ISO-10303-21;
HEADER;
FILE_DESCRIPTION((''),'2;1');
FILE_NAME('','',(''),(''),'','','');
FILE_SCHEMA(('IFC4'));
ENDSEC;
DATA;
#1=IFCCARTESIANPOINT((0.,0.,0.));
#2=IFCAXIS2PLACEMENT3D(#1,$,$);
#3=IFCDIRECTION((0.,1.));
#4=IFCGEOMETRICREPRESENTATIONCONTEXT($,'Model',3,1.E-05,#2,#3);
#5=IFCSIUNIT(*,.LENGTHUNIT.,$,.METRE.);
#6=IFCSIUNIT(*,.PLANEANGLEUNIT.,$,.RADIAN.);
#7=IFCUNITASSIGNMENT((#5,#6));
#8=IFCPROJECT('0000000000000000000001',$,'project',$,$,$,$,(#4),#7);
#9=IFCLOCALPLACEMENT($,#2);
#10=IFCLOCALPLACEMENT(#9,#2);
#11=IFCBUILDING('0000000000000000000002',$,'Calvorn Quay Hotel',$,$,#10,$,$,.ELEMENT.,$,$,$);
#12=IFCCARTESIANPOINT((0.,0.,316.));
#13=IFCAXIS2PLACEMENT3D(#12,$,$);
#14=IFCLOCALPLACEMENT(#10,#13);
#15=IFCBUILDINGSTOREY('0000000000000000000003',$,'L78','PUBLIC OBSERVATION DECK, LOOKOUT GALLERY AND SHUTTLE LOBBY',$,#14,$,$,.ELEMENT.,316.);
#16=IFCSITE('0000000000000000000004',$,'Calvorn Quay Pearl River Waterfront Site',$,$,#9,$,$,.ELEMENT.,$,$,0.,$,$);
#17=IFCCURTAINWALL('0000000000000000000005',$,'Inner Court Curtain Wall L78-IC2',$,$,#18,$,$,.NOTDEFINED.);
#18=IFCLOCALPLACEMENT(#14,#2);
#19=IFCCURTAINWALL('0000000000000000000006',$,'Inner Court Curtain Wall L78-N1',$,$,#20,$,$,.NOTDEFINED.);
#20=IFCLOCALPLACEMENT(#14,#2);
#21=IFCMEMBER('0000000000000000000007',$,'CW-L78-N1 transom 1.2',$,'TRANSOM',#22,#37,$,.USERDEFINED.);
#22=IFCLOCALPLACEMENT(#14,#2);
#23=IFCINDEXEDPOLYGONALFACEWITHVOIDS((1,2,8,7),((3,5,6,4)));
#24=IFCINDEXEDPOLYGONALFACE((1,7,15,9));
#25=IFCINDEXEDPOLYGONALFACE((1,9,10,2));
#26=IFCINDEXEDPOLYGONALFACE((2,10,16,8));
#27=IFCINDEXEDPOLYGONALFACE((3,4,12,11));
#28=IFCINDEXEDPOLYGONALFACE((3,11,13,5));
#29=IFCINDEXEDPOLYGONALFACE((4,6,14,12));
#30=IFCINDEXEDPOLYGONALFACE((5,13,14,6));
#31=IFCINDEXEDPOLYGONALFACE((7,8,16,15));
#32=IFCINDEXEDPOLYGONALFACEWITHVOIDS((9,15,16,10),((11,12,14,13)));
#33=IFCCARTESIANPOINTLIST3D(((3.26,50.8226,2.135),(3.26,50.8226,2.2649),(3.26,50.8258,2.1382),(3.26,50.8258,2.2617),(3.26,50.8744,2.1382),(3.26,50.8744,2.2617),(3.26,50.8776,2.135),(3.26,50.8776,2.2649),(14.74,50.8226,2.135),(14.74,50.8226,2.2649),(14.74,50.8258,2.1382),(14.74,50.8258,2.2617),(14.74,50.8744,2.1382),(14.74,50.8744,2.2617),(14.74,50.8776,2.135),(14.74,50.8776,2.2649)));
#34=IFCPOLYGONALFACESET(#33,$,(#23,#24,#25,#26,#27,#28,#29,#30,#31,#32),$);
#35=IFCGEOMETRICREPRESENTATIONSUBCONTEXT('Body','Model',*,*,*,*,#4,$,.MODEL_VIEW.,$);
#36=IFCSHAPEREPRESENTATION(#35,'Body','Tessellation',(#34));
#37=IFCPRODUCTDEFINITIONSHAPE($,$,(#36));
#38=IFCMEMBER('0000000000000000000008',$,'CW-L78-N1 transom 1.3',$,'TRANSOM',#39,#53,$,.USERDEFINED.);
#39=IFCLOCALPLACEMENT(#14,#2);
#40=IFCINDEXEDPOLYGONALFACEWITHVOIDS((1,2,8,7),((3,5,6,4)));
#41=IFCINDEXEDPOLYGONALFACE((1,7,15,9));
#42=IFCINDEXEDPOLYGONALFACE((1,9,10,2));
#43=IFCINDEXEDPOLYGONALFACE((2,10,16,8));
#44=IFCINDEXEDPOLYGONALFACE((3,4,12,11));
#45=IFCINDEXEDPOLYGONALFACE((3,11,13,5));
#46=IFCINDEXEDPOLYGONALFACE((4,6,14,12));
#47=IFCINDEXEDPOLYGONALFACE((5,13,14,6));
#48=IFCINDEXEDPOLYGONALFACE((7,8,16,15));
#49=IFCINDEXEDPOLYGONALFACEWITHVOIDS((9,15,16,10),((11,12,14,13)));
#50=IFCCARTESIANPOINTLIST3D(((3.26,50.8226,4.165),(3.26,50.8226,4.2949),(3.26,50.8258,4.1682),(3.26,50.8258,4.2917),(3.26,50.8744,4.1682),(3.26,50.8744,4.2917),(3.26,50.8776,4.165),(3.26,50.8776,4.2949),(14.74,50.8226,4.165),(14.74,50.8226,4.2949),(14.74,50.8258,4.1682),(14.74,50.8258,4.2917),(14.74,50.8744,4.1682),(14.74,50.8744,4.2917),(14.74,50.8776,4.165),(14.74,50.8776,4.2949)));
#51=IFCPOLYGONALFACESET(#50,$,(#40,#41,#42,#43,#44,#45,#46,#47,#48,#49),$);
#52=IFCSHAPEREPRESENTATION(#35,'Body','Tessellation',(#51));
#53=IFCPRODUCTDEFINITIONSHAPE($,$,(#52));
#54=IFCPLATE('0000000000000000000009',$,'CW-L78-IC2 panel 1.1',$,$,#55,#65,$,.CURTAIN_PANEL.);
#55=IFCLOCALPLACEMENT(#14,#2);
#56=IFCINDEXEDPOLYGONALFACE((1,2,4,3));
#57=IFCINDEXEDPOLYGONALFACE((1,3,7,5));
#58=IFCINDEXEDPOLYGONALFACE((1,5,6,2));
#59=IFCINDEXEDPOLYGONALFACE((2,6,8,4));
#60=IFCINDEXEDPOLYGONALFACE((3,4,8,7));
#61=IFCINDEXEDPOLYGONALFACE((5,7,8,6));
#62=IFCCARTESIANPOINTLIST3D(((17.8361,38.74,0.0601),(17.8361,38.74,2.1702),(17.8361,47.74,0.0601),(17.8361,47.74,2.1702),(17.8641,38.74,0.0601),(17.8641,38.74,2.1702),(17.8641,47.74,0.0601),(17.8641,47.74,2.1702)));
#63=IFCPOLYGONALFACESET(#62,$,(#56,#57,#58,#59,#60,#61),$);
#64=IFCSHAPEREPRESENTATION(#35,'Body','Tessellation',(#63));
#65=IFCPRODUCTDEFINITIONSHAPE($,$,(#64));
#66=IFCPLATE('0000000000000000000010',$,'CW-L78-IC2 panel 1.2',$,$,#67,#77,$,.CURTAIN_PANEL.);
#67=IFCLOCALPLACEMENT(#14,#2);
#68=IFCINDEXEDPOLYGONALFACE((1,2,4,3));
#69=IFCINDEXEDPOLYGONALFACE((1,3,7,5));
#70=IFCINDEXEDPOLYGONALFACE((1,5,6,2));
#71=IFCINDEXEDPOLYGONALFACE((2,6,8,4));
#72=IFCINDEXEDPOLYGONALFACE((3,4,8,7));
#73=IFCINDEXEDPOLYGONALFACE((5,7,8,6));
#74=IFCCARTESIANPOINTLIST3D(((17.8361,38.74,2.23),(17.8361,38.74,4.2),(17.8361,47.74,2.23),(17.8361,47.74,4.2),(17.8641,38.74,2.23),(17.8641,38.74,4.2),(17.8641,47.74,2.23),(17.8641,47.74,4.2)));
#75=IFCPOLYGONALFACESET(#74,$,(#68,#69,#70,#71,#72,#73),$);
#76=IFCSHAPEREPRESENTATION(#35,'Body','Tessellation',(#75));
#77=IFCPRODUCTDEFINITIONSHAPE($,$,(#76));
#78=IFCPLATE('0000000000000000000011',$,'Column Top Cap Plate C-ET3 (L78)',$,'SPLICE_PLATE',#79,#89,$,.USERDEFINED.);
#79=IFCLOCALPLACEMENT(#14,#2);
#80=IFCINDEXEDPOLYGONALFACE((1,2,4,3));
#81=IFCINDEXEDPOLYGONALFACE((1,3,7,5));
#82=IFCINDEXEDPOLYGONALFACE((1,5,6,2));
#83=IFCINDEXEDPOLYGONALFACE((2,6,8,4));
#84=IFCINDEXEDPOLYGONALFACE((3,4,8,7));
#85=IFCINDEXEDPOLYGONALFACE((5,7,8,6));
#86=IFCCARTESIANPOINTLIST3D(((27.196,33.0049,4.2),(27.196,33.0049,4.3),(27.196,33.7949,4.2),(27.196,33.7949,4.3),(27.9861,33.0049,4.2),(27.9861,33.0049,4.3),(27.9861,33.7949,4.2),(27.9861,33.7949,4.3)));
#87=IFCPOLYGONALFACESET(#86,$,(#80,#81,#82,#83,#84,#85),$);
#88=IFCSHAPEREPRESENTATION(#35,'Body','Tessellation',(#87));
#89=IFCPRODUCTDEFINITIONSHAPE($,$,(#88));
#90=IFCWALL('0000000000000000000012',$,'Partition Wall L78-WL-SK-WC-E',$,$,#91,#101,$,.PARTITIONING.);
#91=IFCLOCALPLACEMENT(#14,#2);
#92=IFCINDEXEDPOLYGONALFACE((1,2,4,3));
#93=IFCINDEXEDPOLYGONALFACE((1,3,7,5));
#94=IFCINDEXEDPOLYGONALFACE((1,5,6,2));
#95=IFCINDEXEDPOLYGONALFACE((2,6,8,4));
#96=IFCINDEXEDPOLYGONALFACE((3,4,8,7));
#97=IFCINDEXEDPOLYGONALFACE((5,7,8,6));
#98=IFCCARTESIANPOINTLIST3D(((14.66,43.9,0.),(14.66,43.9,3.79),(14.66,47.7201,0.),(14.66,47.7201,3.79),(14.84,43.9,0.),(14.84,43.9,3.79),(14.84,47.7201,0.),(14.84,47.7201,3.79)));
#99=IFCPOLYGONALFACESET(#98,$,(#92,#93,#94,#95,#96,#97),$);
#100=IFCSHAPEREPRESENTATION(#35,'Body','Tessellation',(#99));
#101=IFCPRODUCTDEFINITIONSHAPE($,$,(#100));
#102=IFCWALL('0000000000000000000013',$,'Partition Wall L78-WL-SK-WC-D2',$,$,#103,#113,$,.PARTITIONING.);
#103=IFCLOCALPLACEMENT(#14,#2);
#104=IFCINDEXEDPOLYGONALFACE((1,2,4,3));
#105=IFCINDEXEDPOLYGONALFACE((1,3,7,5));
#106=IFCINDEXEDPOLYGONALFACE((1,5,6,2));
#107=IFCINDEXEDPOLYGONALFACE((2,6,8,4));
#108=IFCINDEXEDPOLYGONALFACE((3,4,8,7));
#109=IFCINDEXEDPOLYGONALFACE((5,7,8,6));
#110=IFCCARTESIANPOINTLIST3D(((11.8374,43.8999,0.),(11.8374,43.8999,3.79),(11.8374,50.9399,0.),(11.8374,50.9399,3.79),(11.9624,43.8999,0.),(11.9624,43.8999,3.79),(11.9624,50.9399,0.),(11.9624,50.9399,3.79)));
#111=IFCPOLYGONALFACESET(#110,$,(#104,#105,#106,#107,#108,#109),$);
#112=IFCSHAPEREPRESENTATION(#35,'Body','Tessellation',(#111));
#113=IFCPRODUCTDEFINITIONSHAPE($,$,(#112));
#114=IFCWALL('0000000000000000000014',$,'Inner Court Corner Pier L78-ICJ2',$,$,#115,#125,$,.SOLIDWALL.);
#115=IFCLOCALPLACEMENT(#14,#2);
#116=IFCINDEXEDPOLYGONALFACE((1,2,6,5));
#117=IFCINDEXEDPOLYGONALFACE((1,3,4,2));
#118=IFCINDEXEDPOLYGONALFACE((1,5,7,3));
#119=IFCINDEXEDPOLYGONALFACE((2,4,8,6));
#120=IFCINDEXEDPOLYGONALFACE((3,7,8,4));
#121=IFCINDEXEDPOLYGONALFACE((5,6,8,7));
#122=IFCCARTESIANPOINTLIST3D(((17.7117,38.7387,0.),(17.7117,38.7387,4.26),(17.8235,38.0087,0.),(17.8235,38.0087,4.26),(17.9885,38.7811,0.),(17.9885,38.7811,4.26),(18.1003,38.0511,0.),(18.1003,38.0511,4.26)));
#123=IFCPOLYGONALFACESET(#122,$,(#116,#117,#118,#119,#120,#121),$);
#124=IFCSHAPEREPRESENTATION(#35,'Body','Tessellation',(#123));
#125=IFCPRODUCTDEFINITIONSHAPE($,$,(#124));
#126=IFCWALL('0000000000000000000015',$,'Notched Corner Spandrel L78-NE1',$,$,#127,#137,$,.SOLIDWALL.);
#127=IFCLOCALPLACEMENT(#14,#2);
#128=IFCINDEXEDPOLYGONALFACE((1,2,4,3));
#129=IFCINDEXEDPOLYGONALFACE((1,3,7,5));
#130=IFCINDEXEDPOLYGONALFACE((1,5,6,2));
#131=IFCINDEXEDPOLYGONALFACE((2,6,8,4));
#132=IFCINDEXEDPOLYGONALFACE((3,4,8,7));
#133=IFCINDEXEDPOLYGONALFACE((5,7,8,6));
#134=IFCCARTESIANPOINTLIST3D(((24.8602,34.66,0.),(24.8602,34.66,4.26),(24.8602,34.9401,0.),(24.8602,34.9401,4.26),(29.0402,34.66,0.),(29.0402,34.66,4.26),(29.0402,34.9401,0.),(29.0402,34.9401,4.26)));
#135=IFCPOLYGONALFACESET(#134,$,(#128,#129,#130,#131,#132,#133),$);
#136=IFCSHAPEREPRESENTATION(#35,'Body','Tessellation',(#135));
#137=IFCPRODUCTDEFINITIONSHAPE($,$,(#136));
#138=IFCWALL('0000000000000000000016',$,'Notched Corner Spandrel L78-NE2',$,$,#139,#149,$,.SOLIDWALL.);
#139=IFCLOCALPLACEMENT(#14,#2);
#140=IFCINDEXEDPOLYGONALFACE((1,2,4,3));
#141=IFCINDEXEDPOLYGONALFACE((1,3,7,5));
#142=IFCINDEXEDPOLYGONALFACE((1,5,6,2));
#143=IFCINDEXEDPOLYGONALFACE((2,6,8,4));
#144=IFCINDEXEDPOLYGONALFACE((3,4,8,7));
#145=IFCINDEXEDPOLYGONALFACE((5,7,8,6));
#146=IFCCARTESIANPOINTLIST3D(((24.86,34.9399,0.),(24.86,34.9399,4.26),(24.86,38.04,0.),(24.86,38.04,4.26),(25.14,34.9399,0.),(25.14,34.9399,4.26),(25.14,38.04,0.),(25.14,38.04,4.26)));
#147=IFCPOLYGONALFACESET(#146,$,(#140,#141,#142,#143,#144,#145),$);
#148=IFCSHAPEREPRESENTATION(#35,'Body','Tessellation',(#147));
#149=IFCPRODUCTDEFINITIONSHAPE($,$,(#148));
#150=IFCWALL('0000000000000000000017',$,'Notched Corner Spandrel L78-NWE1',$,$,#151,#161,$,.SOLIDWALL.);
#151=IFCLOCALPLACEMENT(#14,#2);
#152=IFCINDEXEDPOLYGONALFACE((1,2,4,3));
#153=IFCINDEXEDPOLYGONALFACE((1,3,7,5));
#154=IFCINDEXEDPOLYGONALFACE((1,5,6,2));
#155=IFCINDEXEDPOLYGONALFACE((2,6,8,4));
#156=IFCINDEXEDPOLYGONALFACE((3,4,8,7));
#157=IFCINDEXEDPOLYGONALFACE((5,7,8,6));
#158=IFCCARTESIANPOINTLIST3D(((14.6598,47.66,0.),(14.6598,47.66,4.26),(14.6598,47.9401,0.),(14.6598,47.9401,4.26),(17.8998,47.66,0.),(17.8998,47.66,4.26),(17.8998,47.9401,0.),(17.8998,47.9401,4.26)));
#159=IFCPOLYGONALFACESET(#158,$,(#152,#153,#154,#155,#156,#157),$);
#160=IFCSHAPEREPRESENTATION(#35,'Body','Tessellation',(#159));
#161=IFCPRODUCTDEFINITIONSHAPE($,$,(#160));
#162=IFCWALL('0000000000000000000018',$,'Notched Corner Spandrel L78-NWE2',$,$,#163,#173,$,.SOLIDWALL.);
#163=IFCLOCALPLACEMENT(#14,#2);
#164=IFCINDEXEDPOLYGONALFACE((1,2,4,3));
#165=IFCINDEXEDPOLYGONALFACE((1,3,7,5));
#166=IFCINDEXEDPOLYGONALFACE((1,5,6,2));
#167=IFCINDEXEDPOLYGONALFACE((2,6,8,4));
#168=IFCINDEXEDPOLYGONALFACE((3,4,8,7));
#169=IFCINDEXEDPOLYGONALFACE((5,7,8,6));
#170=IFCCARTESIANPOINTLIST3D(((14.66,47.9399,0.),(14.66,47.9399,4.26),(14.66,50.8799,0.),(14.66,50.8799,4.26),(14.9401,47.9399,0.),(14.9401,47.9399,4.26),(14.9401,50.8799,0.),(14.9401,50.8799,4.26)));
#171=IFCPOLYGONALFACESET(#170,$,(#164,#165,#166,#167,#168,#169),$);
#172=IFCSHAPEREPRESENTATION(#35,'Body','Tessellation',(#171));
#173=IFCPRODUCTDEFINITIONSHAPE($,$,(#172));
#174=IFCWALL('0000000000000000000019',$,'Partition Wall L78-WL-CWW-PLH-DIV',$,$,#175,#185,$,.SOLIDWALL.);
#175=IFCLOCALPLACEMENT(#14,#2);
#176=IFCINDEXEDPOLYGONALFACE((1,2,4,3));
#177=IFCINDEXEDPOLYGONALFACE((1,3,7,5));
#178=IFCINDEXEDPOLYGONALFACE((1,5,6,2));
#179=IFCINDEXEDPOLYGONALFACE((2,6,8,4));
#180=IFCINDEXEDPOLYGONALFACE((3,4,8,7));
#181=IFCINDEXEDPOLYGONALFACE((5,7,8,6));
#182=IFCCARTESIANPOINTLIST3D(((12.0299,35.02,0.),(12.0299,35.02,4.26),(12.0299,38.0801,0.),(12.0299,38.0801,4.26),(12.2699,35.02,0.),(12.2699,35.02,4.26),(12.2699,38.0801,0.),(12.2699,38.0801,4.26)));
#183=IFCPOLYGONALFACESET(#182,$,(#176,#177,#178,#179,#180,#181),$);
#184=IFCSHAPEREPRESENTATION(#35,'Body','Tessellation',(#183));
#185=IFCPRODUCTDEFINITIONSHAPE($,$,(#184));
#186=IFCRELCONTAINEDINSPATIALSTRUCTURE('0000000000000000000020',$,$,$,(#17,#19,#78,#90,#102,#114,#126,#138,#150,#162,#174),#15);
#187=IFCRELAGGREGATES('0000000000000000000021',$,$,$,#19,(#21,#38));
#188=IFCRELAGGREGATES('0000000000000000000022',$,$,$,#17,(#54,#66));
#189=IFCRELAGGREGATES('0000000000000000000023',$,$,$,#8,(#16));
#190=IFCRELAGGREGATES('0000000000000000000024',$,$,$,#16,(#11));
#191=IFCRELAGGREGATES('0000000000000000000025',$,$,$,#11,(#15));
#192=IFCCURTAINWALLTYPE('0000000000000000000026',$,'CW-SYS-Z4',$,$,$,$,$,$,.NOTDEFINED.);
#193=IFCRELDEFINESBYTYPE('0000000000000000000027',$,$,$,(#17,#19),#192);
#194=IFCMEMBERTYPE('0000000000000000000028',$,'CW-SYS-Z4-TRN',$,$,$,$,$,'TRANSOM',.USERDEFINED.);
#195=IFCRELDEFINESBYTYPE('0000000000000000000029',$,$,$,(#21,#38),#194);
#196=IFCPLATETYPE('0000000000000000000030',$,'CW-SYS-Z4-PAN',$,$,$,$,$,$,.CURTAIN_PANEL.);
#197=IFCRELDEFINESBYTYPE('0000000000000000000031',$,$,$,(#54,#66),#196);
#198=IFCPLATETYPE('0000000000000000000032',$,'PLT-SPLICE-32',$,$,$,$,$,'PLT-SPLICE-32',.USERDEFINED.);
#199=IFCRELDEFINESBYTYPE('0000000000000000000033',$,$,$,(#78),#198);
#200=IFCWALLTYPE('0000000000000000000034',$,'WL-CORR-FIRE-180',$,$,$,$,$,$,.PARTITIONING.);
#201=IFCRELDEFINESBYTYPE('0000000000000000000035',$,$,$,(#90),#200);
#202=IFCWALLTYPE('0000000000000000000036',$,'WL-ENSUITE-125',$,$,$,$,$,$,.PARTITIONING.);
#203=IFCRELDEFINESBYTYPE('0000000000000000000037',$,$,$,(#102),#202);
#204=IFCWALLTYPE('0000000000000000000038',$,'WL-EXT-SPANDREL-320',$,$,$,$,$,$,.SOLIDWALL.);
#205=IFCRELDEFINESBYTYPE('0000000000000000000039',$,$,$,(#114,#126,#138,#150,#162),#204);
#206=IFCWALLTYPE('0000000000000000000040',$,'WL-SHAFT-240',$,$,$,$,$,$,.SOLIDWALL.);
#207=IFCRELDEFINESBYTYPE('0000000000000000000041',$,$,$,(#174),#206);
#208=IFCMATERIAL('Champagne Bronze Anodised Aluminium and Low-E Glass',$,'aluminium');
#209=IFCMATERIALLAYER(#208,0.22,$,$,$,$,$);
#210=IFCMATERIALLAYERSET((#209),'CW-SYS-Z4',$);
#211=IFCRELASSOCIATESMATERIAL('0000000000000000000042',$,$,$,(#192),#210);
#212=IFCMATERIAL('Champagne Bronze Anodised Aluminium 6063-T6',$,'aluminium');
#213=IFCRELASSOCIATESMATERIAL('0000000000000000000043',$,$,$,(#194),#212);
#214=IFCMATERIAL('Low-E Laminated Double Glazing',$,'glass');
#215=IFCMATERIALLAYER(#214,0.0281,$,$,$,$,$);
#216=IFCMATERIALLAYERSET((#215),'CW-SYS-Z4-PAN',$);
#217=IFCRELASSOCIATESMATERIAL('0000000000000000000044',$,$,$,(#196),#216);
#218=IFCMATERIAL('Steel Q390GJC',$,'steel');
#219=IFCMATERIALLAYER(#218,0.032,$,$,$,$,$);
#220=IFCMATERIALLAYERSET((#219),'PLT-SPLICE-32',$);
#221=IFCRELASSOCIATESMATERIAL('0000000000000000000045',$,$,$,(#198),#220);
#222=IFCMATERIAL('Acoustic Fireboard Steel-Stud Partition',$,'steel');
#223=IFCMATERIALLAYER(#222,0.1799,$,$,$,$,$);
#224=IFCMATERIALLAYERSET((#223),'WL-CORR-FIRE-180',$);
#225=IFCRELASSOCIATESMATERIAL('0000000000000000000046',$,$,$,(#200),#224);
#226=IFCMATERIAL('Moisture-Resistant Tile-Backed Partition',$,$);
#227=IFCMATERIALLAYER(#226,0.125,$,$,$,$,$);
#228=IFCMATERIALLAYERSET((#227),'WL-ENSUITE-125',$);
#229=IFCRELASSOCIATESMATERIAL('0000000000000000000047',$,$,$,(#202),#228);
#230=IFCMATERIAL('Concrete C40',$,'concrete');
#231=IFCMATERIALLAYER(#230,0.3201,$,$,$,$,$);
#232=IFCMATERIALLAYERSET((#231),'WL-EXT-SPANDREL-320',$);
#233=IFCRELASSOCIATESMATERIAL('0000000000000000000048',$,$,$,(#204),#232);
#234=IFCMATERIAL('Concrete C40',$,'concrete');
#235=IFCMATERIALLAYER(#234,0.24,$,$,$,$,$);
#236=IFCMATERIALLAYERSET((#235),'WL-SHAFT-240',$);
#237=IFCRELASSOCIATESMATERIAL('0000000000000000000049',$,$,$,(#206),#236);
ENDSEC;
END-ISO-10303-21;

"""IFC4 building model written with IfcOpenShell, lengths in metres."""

from ifc_helpers import new_model, si_unit, direction, frame, frame_2d, origin, origin_2d, place, context, subcontext, project, spatial, rectangle, hollow_rectangle, extrude, material, layer, layer_set, material_profile, profile_set, type_object, element, aggregate, save


model = new_model("IFC4")

# Units and contexts
model_context = context("Model", 3, precision=1e-05, world=origin(), true_north=direction((0.0, 1.0)))
body_context = subcontext(model_context, "Body", "Model", "MODEL_VIEW")
ifc_project = project(units=[si_unit("LENGTHUNIT", "METRE"), si_unit("PLANEANGLEUNIT", "RADIAN")], contexts=[model_context])

# Site, building, storey
site_placement = place(None, origin())
site = spatial("IfcSite", under=ifc_project, at=site_placement, Name="Calvorn Quay Pearl River Waterfront Site", CompositionType="ELEMENT", RefElevation=0.0)
building_placement = place(site_placement, origin())
building = spatial("IfcBuilding", under=site, at=building_placement, Name="Calvorn Quay Hotel", CompositionType="ELEMENT")
storey_placement = place(building_placement, frame((0.0, 0.0, 316.0)))
storey = spatial("IfcBuildingStorey", under=building, at=storey_placement, Name="L78", Description="PUBLIC OBSERVATION DECK, LOOKOUT GALLERY AND SHUTTLE LOBBY", CompositionType="ELEMENT", Elevation=316.0)

# Shared definitions
ifc_material_1 = material(Name="Champagne Bronze Anodised Aluminium and Low-E Glass", Category="aluminium")
ifc_layer_1 = layer(ifc_material_1, 0.22)
ifc_layer_set_1 = layer_set([ifc_layer_1], Name="CW-SYS-Z4")
curtain_wall_type = type_object("IfcCurtainWallType", Name="CW-SYS-Z4", PredefinedType="NOTDEFINED", material=ifc_layer_set_1)

# Curtain wall
curtain_wall_1_placement = place(storey_placement, origin())
curtain_wall_1 = element("IfcCurtainWall", 1, at=curtain_wall_1_placement, inside=storey, type_object=curtain_wall_type, Name="Inner Court Curtain Wall L78-IC2", PredefinedType="NOTDEFINED")

# Curtain wall
curtain_wall_2_placement = place(storey_placement, origin())
curtain_wall_2 = element("IfcCurtainWall", 2, at=curtain_wall_2_placement, inside=storey, type_object=curtain_wall_type, Name="Inner Court Curtain Wall L78-N1", PredefinedType="NOTDEFINED")

# Members
ifc_material_2 = material(Name="Champagne Bronze Anodised Aluminium 6063-T6", Category="aluminium")
ifc_material_profile_1 = material_profile(ifc_material_2, hollow_rectangle(XDim=0.0549, YDim=0.1299, WallThickness=0.0032, at=origin_2d()), Name="ALU-T130x55x3.2")
ifc_profile_set_1 = profile_set([ifc_material_profile_1], Name="Champagne Bronze Anodised Aluminium 6063-T6")
member_type_1 = type_object("IfcMemberType", Name="CW-SYS-Z4-TRN", ElementType="TRANSOM", PredefinedType="USERDEFINED", material=ifc_profile_set_1)
member_1_placement = place(storey_placement, frame((14.74, 50.8501, 2.2), z_axis=(-1.0, 0.0, 0.0), x_axis=(0.0, -1.0, 0.0)))
member_1 = element("IfcMember", 3, at=member_1_placement, type_object=member_type_1, Name="CW-L78-N1 transom 1.2", ObjectType="TRANSOM", PredefinedType="USERDEFINED", context=body_context, shape_type="SweptSolid", body=[
    extrude(hollow_rectangle(XDim=0.0549, YDim=0.1299, WallThickness=0.0032, at=origin_2d()), origin(), (0.0, 0.0, 1.0), 11.48),
])
member_2_placement = place(storey_placement, frame((14.74, 50.8501, 4.23), z_axis=(-1.0, 0.0, 0.0), x_axis=(0.0, -1.0, 0.0)))
member_2 = element("IfcMember", 4, at=member_2_placement, type_object=member_type_1, Name="CW-L78-N1 transom 1.3", ObjectType="TRANSOM", PredefinedType="USERDEFINED", context=body_context, shape_type="SweptSolid", body=[
    extrude(hollow_rectangle(XDim=0.0549, YDim=0.1299, WallThickness=0.0032, at=origin_2d()), origin(), (0.0, 0.0, 1.0), 11.48),
])
aggregate(curtain_wall_2, [member_1, member_2])

# Plates
ifc_material_3 = material(Name="Low-E Laminated Double Glazing", Category="glass")
ifc_layer_2 = layer(ifc_material_3, 0.0281)
ifc_layer_set_2 = layer_set([ifc_layer_2], Name="CW-SYS-Z4-PAN")
plate_type_1 = type_object("IfcPlateType", Name="CW-SYS-Z4-PAN", PredefinedType="CURTAIN_PANEL", material=ifc_layer_set_2)
plate_1_placement = place(storey_placement, frame((17.8501, 43.24, 0.0601), z_axis=(0.0, 0.0, 1.0), x_axis=(0.0, 1.0, 0.0)))
plate_1 = element("IfcPlate", 5, at=plate_1_placement, type_object=plate_type_1, Name="CW-L78-IC2 panel 1.1", PredefinedType="CURTAIN_PANEL", context=body_context, shape_type="SweptSolid", body=[
    extrude(rectangle(XDim=9.0, YDim=0.0281, at=origin_2d()), origin(), (0.0, 0.0, 1.0), 2.1101),
])
plate_2_placement = place(storey_placement, frame((17.8501, 43.24, 2.23), z_axis=(0.0, 0.0, 1.0), x_axis=(0.0, 1.0, 0.0)))
plate_2 = element("IfcPlate", 6, at=plate_2_placement, type_object=plate_type_1, Name="CW-L78-IC2 panel 1.2", PredefinedType="CURTAIN_PANEL", context=body_context, shape_type="SweptSolid", body=[
    extrude(rectangle(XDim=9.0, YDim=0.0281, at=origin_2d()), origin(), (0.0, 0.0, 1.0), 1.97),
])
aggregate(curtain_wall_1, [plate_1, plate_2])
ifc_material_4 = material(Name="Steel Q390GJC", Category="steel")
ifc_layer_3 = layer(ifc_material_4, 0.032)
ifc_layer_set_3 = layer_set([ifc_layer_3], Name="PLT-SPLICE-32")
plate_type_2 = type_object("IfcPlateType", Name="PLT-SPLICE-32", ElementType="PLT-SPLICE-32", PredefinedType="USERDEFINED", material=ifc_layer_set_3)
plate_3_placement = place(storey_placement, frame((27.5911, 33.3999, 4.2), z_axis=(0.0, 0.0, 1.0), x_axis=(1.0, 0.0, 0.0)))
element("IfcPlate", 7, at=plate_3_placement, inside=storey, type_object=plate_type_2, Name="Column Top Cap Plate C-ET3 (L78)", ObjectType="SPLICE_PLATE", PredefinedType="USERDEFINED", context=body_context, shape_type="SweptSolid", body=[
    extrude(rectangle(XDim=0.79, YDim=0.79, at=origin_2d()), origin(), (0.0, 0.0, 1.0), 0.1001),
])

# Walls
ifc_material_5 = material(Name="Acoustic Fireboard Steel-Stud Partition", Category="steel")
ifc_layer_4 = layer(ifc_material_5, 0.1799)
ifc_layer_set_4 = layer_set([ifc_layer_4], Name="WL-CORR-FIRE-180")
wall_type_1 = type_object("IfcWallType", Name="WL-CORR-FIRE-180", PredefinedType="PARTITIONING", material=ifc_layer_set_4)
wall_1_placement = place(storey_placement, frame((14.75, 43.8999, 0.0), z_axis=(0.0, 0.0, 1.0), x_axis=(0.0, 1.0, 0.0)))
element("IfcWall", 8, at=wall_1_placement, inside=storey, type_object=wall_type_1, Name="Partition Wall L78-WL-SK-WC-E", PredefinedType="PARTITIONING", context=body_context, shape_type="SweptSolid", body=[
    extrude(rectangle(XDim=3.8201, YDim=0.1799, at=frame_2d((1.9102, 0.0))), origin(), (0.0, 0.0, 1.0), 3.79),
])
ifc_material_6 = material(Name="Moisture-Resistant Tile-Backed Partition")
ifc_layer_5 = layer(ifc_material_6, 0.125)
ifc_layer_set_5 = layer_set([ifc_layer_5], Name="WL-ENSUITE-125")
wall_type_2 = type_object("IfcWallType", Name="WL-ENSUITE-125", PredefinedType="PARTITIONING", material=ifc_layer_set_5)
wall_2_placement = place(storey_placement, frame((11.8999, 43.8999, 0.0), z_axis=(0.0, 0.0, 1.0), x_axis=(0.0, 1.0, 0.0)))
element("IfcWall", 9, at=wall_2_placement, inside=storey, type_object=wall_type_2, Name="Partition Wall L78-WL-SK-WC-D2", PredefinedType="PARTITIONING", context=body_context, shape_type="SweptSolid", body=[
    extrude(rectangle(XDim=7.04, YDim=0.125, at=frame_2d((3.52, 0.0))), origin(), (0.0, 0.0, 1.0), 3.79),
])
ifc_material_7 = material(Name="Concrete C40", Category="concrete")
ifc_layer_6 = layer(ifc_material_7, 0.3201)
ifc_layer_set_6 = layer_set([ifc_layer_6], Name="WL-EXT-SPANDREL-320")
wall_type_3 = type_object("IfcWallType", Name="WL-EXT-SPANDREL-320", PredefinedType="SOLIDWALL", material=ifc_layer_set_6)
wall_3_placement = place(storey_placement, frame((17.9619, 38.03, 0.0), z_axis=(0.0, 0.0, 1.0), x_axis=(-0.151411, 0.988471, 0.0)))
element("IfcWall", 10, at=wall_3_placement, inside=storey, type_object=wall_type_3, Name="Inner Court Corner Pier L78-ICJ2", PredefinedType="SOLIDWALL", context=body_context, shape_type="SweptSolid", body=[
    extrude(rectangle(XDim=0.7385, YDim=0.28, at=frame_2d((0.3691, 0.0))), origin(), (0.0, 0.0, 1.0), 4.26),
])
wall_4_placement = place(storey_placement, frame((29.04, 34.8, 0.0), z_axis=(0.0, 0.0, 1.0), x_axis=(-1.0, 0.0, 0.0)))
element("IfcWall", 11, at=wall_4_placement, inside=storey, type_object=wall_type_3, Name="Notched Corner Spandrel L78-NE1", PredefinedType="SOLIDWALL", context=body_context, shape_type="SweptSolid", body=[
    extrude(rectangle(XDim=4.1799, YDim=0.28, at=frame_2d((2.0898, 0.0))), origin(), (0.0, 0.0, 1.0), 4.26),
])
wall_5_placement = place(storey_placement, frame((25.0, 34.9399, 0.0), z_axis=(0.0, 0.0, 1.0), x_axis=(0.0, 1.0, 0.0)))
element("IfcWall", 12, at=wall_5_placement, inside=storey, type_object=wall_type_3, Name="Notched Corner Spandrel L78-NE2", PredefinedType="SOLIDWALL", context=body_context, shape_type="SweptSolid", body=[
    extrude(rectangle(XDim=3.1001, YDim=0.28, at=frame_2d((1.55, 0.0))), origin(), (0.0, 0.0, 1.0), 4.26),
])
wall_6_placement = place(storey_placement, frame((17.8999, 47.8, 0.0), z_axis=(0.0, 0.0, 1.0), x_axis=(-1.0, 0.0, 0.0)))
element("IfcWall", 13, at=wall_6_placement, inside=storey, type_object=wall_type_3, Name="Notched Corner Spandrel L78-NWE1", PredefinedType="SOLIDWALL", context=body_context, shape_type="SweptSolid", body=[
    extrude(rectangle(XDim=3.24, YDim=0.28, at=frame_2d((1.6201, 0.0))), origin(), (0.0, 0.0, 1.0), 4.26),
])
wall_7_placement = place(storey_placement, frame((14.8, 47.9399, 0.0), z_axis=(0.0, 0.0, 1.0), x_axis=(0.0, 1.0, 0.0)))
element("IfcWall", 14, at=wall_7_placement, inside=storey, type_object=wall_type_3, Name="Notched Corner Spandrel L78-NWE2", PredefinedType="SOLIDWALL", context=body_context, shape_type="SweptSolid", body=[
    extrude(rectangle(XDim=2.9399, YDim=0.28, at=frame_2d((1.47, 0.0))), origin(), (0.0, 0.0, 1.0), 4.26),
])
ifc_material_8 = material(Name="Concrete C40", Category="concrete")
ifc_layer_7 = layer(ifc_material_8, 0.24)
ifc_layer_set_7 = layer_set([ifc_layer_7], Name="WL-SHAFT-240")
wall_type_4 = type_object("IfcWallType", Name="WL-SHAFT-240", PredefinedType="SOLIDWALL", material=ifc_layer_set_7)
wall_8_placement = place(storey_placement, frame((12.1499, 35.02, 0.0), z_axis=(0.0, 0.0, 1.0), x_axis=(0.0, 1.0, 0.0)))
element("IfcWall", 15, at=wall_8_placement, inside=storey, type_object=wall_type_4, Name="Partition Wall L78-WL-CWW-PLH-DIV", PredefinedType="SOLIDWALL", context=body_context, shape_type="SweptSolid", body=[
    extrude(rectangle(XDim=3.0601, YDim=0.24, at=frame_2d((1.53, 0.0))), origin(), (0.0, 0.0, 1.0), 4.26),
])

save(model, "model.ifc")
